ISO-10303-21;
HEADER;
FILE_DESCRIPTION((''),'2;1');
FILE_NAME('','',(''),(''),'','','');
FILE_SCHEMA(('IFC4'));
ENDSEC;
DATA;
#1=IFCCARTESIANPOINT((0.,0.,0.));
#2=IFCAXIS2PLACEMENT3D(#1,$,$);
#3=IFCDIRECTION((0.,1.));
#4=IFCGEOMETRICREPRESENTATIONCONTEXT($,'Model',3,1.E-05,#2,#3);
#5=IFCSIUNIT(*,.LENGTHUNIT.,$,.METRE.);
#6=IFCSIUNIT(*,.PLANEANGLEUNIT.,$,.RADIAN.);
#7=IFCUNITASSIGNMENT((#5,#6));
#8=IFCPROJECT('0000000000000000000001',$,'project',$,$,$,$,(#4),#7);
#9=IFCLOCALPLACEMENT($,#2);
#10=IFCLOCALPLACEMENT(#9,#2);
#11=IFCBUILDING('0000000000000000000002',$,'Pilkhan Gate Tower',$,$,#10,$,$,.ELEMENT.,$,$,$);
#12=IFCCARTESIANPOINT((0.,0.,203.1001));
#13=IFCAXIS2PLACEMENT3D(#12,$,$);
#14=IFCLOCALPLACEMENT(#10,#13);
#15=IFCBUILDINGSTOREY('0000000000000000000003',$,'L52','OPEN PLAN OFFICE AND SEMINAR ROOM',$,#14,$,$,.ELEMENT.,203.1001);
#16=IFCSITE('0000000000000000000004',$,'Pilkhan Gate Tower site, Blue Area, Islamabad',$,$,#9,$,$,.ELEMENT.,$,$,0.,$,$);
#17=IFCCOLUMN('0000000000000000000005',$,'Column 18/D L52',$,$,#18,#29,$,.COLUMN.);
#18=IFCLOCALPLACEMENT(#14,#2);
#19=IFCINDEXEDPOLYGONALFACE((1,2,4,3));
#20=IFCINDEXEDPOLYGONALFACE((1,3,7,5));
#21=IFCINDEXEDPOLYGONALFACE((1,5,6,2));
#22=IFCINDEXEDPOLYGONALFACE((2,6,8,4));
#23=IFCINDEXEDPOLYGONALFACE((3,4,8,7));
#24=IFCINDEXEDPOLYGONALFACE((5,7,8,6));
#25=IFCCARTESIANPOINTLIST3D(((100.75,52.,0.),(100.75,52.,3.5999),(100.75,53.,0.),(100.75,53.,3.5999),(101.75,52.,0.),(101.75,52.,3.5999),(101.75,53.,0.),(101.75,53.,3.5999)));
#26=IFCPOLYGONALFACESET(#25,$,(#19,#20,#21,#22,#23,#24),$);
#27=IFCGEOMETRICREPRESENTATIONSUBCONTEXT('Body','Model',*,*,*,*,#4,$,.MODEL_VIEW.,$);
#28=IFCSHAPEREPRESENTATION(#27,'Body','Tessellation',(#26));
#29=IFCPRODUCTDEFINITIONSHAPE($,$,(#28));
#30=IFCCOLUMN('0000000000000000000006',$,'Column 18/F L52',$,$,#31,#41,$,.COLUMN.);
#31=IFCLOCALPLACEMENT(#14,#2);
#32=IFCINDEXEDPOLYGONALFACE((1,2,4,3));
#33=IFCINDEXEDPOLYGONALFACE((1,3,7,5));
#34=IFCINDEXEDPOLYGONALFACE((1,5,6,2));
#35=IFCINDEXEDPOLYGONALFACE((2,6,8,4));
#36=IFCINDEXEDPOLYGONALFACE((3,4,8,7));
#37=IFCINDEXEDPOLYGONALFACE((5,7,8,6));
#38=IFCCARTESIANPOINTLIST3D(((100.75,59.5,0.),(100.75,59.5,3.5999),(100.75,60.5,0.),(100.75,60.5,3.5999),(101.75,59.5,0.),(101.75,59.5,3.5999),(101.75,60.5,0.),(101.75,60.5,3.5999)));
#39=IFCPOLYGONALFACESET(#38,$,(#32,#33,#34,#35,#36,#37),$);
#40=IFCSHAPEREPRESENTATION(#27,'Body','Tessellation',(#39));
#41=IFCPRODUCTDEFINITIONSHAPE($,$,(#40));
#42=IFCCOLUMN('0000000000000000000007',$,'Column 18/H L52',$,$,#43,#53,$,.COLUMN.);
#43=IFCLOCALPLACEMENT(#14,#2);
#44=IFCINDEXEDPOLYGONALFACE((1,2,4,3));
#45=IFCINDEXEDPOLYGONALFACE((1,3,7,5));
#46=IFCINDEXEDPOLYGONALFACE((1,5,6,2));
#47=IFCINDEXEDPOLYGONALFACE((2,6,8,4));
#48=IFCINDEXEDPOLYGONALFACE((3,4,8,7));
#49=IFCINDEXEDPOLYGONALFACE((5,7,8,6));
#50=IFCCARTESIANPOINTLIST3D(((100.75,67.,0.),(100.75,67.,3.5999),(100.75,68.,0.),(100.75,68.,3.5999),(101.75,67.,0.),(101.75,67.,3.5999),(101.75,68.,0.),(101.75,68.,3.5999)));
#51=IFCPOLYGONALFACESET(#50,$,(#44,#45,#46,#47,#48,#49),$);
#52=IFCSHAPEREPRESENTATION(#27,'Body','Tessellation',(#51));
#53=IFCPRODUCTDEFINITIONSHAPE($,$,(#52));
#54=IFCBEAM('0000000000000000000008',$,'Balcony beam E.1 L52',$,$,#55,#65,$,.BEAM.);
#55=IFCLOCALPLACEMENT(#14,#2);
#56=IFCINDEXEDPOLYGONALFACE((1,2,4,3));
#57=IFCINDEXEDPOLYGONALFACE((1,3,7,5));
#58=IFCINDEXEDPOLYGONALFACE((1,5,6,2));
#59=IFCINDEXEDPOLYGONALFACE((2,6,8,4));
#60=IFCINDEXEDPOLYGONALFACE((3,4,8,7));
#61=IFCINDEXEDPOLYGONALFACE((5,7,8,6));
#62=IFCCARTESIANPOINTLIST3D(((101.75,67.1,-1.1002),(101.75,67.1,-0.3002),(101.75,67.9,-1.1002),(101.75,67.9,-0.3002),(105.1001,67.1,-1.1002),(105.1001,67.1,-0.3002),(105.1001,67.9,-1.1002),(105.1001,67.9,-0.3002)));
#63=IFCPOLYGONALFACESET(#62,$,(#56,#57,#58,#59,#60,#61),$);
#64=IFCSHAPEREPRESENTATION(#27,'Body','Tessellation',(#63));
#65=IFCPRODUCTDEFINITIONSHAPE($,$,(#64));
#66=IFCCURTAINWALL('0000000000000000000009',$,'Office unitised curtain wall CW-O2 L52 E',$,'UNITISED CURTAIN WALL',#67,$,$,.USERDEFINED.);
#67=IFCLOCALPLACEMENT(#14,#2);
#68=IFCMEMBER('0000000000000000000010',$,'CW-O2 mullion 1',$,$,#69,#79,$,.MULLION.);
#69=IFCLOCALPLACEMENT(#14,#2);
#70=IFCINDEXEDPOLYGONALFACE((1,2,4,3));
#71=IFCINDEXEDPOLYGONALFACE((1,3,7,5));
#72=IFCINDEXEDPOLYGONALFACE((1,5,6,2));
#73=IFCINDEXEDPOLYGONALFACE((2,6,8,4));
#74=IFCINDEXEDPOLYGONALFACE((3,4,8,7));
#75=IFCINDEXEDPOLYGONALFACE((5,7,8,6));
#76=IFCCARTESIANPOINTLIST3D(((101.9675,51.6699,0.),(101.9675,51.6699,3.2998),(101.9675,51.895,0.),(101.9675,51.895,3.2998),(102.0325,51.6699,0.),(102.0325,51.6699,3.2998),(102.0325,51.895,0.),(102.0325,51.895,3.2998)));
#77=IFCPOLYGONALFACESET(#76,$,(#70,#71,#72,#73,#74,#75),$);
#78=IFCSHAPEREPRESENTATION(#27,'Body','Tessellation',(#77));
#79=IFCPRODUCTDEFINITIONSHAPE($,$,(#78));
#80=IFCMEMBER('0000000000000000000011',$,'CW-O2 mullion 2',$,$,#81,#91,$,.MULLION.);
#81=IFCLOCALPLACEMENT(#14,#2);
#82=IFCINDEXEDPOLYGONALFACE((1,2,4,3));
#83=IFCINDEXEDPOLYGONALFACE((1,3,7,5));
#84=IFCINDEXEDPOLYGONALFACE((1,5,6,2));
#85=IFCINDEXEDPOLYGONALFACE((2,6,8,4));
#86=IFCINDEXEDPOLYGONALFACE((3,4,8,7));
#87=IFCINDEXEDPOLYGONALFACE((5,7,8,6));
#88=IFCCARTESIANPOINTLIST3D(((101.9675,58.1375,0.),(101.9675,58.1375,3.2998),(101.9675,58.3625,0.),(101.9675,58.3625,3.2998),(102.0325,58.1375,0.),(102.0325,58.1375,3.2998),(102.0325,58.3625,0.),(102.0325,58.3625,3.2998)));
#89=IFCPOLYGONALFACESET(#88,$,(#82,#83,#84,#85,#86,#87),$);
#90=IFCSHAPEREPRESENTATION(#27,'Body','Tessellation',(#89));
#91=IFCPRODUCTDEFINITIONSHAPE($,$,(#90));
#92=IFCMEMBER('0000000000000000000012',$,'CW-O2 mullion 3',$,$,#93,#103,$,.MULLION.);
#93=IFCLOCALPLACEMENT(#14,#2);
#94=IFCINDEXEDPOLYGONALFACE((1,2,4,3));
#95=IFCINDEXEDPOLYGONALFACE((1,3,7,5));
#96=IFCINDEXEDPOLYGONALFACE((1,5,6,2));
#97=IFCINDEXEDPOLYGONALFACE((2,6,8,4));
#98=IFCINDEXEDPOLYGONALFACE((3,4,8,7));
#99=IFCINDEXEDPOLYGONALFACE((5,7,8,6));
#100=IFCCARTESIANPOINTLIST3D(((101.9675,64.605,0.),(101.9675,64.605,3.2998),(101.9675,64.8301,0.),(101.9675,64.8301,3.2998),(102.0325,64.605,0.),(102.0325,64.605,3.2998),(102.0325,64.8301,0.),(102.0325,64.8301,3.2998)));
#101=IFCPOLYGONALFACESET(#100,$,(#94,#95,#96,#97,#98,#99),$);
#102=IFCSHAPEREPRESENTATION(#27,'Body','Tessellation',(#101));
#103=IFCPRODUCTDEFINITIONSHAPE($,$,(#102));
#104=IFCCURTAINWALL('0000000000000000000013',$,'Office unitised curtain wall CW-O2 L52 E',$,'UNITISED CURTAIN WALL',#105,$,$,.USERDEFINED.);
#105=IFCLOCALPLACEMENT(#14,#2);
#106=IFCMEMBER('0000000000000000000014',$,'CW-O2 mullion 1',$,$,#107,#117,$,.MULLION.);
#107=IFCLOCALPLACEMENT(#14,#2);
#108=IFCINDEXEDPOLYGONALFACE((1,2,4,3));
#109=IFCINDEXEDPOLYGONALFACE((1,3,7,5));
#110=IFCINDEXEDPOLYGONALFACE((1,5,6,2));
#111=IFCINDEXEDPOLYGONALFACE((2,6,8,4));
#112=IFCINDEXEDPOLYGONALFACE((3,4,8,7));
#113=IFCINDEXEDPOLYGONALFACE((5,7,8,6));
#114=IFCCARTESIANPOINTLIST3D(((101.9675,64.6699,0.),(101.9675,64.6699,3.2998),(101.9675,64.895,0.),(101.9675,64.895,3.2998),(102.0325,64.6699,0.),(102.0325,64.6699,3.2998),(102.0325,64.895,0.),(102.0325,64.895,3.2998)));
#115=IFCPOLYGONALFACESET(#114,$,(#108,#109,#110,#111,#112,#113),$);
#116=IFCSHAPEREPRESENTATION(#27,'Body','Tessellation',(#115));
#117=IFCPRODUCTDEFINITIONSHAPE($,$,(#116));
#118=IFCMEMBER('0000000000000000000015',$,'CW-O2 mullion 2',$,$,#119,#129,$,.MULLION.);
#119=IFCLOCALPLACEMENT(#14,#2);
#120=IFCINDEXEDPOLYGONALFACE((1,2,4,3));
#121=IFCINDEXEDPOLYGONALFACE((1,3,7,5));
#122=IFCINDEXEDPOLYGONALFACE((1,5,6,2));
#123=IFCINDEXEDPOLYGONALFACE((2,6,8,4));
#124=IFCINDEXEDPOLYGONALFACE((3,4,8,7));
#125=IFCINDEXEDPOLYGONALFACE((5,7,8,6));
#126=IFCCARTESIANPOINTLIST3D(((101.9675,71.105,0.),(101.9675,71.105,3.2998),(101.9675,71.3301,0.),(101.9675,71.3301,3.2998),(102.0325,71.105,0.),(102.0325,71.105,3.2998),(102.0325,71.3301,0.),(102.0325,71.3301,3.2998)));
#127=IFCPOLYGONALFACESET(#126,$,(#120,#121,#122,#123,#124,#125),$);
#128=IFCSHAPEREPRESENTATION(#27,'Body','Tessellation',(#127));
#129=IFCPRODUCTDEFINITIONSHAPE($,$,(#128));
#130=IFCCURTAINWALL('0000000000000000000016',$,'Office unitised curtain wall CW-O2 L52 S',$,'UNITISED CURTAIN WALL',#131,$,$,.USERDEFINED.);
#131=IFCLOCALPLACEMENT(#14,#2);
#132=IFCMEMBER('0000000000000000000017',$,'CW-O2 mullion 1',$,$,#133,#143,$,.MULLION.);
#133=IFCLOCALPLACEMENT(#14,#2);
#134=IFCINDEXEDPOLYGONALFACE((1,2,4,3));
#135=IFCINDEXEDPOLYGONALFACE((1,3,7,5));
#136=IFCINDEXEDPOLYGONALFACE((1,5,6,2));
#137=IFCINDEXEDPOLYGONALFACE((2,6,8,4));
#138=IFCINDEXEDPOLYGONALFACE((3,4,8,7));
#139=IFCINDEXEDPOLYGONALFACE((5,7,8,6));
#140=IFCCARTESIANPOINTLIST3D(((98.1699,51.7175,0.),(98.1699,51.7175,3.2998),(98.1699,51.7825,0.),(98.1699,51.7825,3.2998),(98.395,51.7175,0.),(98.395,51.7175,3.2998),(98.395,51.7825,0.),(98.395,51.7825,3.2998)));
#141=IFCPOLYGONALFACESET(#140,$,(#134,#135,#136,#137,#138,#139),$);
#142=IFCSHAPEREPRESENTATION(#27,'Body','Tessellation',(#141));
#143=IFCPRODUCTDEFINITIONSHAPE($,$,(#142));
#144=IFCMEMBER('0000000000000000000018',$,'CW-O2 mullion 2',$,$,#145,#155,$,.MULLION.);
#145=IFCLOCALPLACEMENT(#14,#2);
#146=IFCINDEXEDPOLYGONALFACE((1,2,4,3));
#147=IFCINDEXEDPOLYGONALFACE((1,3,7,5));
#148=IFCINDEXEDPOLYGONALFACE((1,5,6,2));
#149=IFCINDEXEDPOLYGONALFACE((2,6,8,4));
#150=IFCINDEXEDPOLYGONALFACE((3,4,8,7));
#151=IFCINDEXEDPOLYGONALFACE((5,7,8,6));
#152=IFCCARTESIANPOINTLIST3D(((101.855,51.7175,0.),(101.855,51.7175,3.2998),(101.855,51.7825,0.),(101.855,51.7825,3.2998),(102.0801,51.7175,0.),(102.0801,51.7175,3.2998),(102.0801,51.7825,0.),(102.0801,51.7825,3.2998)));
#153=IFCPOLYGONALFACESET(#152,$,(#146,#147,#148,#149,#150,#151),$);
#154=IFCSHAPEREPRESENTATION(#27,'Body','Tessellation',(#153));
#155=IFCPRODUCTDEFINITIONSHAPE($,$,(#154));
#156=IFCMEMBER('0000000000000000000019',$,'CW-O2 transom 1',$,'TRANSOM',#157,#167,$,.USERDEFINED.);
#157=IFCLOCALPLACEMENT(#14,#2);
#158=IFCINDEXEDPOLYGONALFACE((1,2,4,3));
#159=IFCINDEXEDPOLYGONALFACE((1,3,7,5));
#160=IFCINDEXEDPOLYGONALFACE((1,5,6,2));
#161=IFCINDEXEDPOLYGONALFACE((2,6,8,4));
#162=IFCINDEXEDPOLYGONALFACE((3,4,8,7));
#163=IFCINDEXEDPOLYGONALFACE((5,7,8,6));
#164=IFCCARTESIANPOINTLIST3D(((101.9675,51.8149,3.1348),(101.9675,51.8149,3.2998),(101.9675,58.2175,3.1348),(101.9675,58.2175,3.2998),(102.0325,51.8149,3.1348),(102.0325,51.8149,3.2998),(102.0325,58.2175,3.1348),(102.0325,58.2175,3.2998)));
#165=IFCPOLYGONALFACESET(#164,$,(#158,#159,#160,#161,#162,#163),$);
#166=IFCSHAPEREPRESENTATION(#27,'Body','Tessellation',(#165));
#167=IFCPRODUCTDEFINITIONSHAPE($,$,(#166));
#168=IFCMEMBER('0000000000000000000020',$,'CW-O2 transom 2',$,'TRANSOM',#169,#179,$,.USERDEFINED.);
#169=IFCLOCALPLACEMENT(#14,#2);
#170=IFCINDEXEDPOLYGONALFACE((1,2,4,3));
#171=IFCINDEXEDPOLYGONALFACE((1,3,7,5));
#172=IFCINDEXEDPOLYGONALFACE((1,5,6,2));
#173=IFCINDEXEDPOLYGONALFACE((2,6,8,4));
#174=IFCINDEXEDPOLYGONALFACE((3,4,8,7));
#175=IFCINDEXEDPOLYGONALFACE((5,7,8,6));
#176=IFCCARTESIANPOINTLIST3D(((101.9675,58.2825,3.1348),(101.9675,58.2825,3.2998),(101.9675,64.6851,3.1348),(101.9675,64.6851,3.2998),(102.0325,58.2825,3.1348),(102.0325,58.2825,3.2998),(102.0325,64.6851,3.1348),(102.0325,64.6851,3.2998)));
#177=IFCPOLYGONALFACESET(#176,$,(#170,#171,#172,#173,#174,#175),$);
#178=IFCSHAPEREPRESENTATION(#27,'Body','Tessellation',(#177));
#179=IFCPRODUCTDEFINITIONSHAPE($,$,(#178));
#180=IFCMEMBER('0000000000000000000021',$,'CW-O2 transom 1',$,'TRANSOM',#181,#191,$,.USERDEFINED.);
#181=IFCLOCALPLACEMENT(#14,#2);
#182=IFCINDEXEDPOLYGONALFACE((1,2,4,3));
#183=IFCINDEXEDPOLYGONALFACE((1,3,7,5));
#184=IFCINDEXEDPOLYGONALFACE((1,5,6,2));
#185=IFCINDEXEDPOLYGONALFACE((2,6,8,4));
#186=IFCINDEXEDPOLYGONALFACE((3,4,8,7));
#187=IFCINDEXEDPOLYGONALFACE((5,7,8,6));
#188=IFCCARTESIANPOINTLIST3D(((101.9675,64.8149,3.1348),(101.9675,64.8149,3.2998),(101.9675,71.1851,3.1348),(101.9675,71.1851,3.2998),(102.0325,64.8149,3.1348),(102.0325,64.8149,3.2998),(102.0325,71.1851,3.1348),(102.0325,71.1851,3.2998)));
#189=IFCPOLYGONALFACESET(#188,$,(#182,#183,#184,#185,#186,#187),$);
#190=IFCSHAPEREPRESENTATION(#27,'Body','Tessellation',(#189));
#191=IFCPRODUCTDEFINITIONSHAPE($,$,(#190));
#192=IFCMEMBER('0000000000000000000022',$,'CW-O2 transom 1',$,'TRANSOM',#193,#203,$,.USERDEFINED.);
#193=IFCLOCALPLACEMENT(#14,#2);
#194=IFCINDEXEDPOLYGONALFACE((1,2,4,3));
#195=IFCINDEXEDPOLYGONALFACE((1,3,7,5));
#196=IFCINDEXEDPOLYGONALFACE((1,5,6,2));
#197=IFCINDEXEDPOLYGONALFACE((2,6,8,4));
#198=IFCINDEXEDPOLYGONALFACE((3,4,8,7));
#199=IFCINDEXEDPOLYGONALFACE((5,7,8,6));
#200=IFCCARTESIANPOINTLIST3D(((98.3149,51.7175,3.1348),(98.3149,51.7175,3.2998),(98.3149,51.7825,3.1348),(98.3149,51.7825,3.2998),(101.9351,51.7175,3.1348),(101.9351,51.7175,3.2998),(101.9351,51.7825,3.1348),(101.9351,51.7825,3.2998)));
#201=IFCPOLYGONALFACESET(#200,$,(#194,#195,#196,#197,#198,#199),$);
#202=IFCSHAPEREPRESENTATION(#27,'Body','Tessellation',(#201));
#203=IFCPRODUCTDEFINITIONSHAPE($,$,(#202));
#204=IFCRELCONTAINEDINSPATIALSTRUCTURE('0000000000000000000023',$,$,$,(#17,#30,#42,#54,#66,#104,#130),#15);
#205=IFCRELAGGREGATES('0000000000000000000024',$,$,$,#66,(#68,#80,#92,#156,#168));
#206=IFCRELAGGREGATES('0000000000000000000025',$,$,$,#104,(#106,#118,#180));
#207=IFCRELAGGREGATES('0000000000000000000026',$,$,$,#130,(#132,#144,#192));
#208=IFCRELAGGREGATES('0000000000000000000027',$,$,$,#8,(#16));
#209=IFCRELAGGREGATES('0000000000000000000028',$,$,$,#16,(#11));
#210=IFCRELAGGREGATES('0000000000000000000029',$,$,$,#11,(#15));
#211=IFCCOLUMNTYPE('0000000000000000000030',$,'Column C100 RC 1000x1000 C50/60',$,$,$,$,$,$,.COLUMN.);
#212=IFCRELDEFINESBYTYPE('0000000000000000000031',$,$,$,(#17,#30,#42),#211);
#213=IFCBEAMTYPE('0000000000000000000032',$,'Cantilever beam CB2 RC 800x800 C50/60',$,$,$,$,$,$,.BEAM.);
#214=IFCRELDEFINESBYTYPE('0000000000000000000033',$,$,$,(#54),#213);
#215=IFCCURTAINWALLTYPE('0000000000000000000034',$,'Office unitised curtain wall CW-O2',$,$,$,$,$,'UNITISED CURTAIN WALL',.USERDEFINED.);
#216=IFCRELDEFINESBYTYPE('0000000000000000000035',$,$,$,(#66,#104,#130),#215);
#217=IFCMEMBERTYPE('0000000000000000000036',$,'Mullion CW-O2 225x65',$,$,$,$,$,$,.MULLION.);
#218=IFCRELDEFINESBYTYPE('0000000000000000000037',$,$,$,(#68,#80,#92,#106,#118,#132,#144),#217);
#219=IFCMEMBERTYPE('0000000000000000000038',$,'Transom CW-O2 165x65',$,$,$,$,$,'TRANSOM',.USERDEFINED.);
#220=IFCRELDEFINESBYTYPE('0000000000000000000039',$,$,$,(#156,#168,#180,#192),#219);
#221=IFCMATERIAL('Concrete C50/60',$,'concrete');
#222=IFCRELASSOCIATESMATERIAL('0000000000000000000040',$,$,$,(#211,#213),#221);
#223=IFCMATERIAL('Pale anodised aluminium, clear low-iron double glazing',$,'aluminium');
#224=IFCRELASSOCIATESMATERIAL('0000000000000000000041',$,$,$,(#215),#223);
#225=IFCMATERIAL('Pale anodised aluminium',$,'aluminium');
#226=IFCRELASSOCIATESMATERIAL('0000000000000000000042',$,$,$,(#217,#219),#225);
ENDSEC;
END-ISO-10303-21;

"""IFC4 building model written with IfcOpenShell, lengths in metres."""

from ifc_helpers import new_model, si_unit, direction, frame, origin, origin_2d, place, context, subcontext, project, spatial, rectangle, extrude, material, material_profile, profile_set, type_object, element, aggregate, save


model = new_model("IFC4")

# Units and contexts
model_context = context("Model", 3, precision=1e-05, world=origin(), true_north=direction((0.0, 1.0)))
body_context = subcontext(model_context, "Body", "Model", "MODEL_VIEW")
ifc_project = project(units=[si_unit("LENGTHUNIT", "METRE"), si_unit("PLANEANGLEUNIT", "RADIAN")], contexts=[model_context])

# Site, building, storey
site_placement = place(None, origin())
site = spatial("IfcSite", under=ifc_project, at=site_placement, Name="Pilkhan Gate Tower site, Blue Area, Islamabad", CompositionType="ELEMENT", RefElevation=0.0)
building_placement = place(site_placement, origin())
building = spatial("IfcBuilding", under=site, at=building_placement, Name="Pilkhan Gate Tower", CompositionType="ELEMENT")
storey_placement = place(building_placement, frame((0.0, 0.0, 203.1001)))
storey = spatial("IfcBuildingStorey", under=building, at=storey_placement, Name="L52", Description="OPEN PLAN OFFICE AND SEMINAR ROOM", CompositionType="ELEMENT", Elevation=203.1001)

# Columns
ifc_material_1 = material(Name="Concrete C50/60", Category="concrete")
ifc_material_profile_1 = material_profile(ifc_material_1, rectangle(XDim=1.0, YDim=1.0, at=origin_2d()), Name="RC 1000x1000")
ifc_profile_set_1 = profile_set([ifc_material_profile_1], Name="Concrete C50/60")
column_type = type_object("IfcColumnType", Name="Column C100 RC 1000x1000 C50/60", PredefinedType="COLUMN", material=ifc_profile_set_1)
for number, where, z_axis, x_axis, name in (
    (1, (101.25, 52.5, 0.0), (0.0, 0.0, 1.0), (1.0, 0.0, 0.0), "Column 18/D L52"),
    (2, (101.25, 60.0, 0.0), (0.0, 0.0, 1.0), (1.0, 0.0, 0.0), "Column 18/F L52"),
    (3, (101.25, 67.5, 0.0), (0.0, 0.0, 1.0), (1.0, 0.0, 0.0), "Column 18/H L52"),
):
    element("IfcColumn", number, at=place(storey_placement, frame(where, z_axis=z_axis, x_axis=x_axis)), inside=storey, type_object=column_type, Name=name, PredefinedType="COLUMN", context=body_context, shape_type="SweptSolid", body=[
        extrude(rectangle(XDim=1.0, YDim=1.0, at=origin_2d()), origin(), (0.0, 0.0, 1.0), 3.5999),
    ])

# Beam
ifc_material_profile_2 = material_profile(ifc_material_1, rectangle(XDim=0.8, YDim=0.8, at=origin_2d()), Name="RC 800x800")
ifc_profile_set_2 = profile_set([ifc_material_profile_2], Name="Concrete C50/60")
beam_type = type_object("IfcBeamType", Name="Cantilever beam CB2 RC 800x800 C50/60", PredefinedType="BEAM", material=ifc_profile_set_2)
beam_placement = place(storey_placement, frame((101.75, 67.5, -0.7002), z_axis=(1.0, 0.0, 0.0), x_axis=(0.0, 1.0, 0.0)))
element("IfcBeam", 4, at=beam_placement, inside=storey, type_object=beam_type, Name="Balcony beam E.1 L52", PredefinedType="BEAM", context=body_context, shape_type="SweptSolid", body=[
    extrude(rectangle(XDim=0.8, YDim=0.8, at=origin_2d()), origin(), (0.0, 0.0, 1.0), 3.3501),
])

# Curtain walls, members
ifc_material_2 = material(Name="Pale anodised aluminium, clear low-iron double glazing", Category="aluminium")
curtain_wall_type = type_object("IfcCurtainWallType", Name="Office unitised curtain wall CW-O2", ElementType="UNITISED CURTAIN WALL", PredefinedType="USERDEFINED", material=ifc_material_2)
curtain_wall_1_placement = place(storey_placement, origin())
curtain_wall_1 = element("IfcCurtainWall", 5, at=curtain_wall_1_placement, inside=storey, type_object=curtain_wall_type, Name="Office unitised curtain wall CW-O2 L52 E", ObjectType="UNITISED CURTAIN WALL", PredefinedType="USERDEFINED")
ifc_material_3 = material(Name="Pale anodised aluminium", Category="aluminium")
ifc_material_profile_3 = material_profile(ifc_material_3, rectangle(XDim=0.0649, YDim=0.2251, at=origin_2d()), Name="Mullion 225x65")
ifc_profile_set_3 = profile_set([ifc_material_profile_3], Name="Pale anodised aluminium")
member_type_1 = type_object("IfcMemberType", Name="Mullion CW-O2 225x65", PredefinedType="MULLION", material=ifc_profile_set_3)
member_1_placement = place(storey_placement, frame((102.0, 51.7825, 0.0), z_axis=(0.0, 0.0, 1.0), x_axis=(-1.0, 0.0, 0.0)))
member_1 = element("IfcMember", 6, at=member_1_placement, type_object=member_type_1, Name="CW-O2 mullion 1", PredefinedType="MULLION", context=body_context, shape_type="SweptSolid", body=[
    extrude(rectangle(XDim=0.0649, YDim=0.2251, at=origin_2d()), origin(), (0.0, 0.0, 1.0), 3.2998),
])
member_2_placement = place(storey_placement, frame((102.0, 58.25, 0.0), z_axis=(0.0, 0.0, 1.0), x_axis=(-1.0, 0.0, 0.0)))
member_2 = element("IfcMember", 7, at=member_2_placement, type_object=member_type_1, Name="CW-O2 mullion 2", PredefinedType="MULLION", context=body_context, shape_type="SweptSolid", body=[
    extrude(rectangle(XDim=0.0649, YDim=0.2251, at=origin_2d()), origin(), (0.0, 0.0, 1.0), 3.2998),
])
member_3_placement = place(storey_placement, frame((102.0, 64.7175, 0.0), z_axis=(0.0, 0.0, 1.0), x_axis=(-1.0, 0.0, 0.0)))
member_3 = element("IfcMember", 8, at=member_3_placement, type_object=member_type_1, Name="CW-O2 mullion 3", PredefinedType="MULLION", context=body_context, shape_type="SweptSolid", body=[
    extrude(rectangle(XDim=0.0649, YDim=0.2251, at=origin_2d()), origin(), (0.0, 0.0, 1.0), 3.2998),
])
curtain_wall_2_placement = place(storey_placement, origin())
curtain_wall_2 = element("IfcCurtainWall", 9, at=curtain_wall_2_placement, inside=storey, type_object=curtain_wall_type, Name="Office unitised curtain wall CW-O2 L52 E", ObjectType="UNITISED CURTAIN WALL", PredefinedType="USERDEFINED")
member_4_placement = place(storey_placement, frame((102.0, 64.7825, 0.0), z_axis=(0.0, 0.0, 1.0), x_axis=(-1.0, 0.0, 0.0)))
member_4 = element("IfcMember", 10, at=member_4_placement, type_object=member_type_1, Name="CW-O2 mullion 1", PredefinedType="MULLION", context=body_context, shape_type="SweptSolid", body=[
    extrude(rectangle(XDim=0.0649, YDim=0.2251, at=origin_2d()), origin(), (0.0, 0.0, 1.0), 3.2998),
])
member_5_placement = place(storey_placement, frame((102.0, 71.2175, 0.0), z_axis=(0.0, 0.0, 1.0), x_axis=(-1.0, 0.0, 0.0)))
member_5 = element("IfcMember", 11, at=member_5_placement, type_object=member_type_1, Name="CW-O2 mullion 2", PredefinedType="MULLION", context=body_context, shape_type="SweptSolid", body=[
    extrude(rectangle(XDim=0.0649, YDim=0.2251, at=origin_2d()), origin(), (0.0, 0.0, 1.0), 3.2998),
])
curtain_wall_3_placement = place(storey_placement, origin())
curtain_wall_3 = element("IfcCurtainWall", 12, at=curtain_wall_3_placement, inside=storey, type_object=curtain_wall_type, Name="Office unitised curtain wall CW-O2 L52 S", ObjectType="UNITISED CURTAIN WALL", PredefinedType="USERDEFINED")
member_6_placement = place(storey_placement, frame((98.2825, 51.75, 0.0), z_axis=(0.0, 0.0, 1.0), x_axis=(0.0, 1.0, 0.0)))
member_6 = element("IfcMember", 13, at=member_6_placement, type_object=member_type_1, Name="CW-O2 mullion 1", PredefinedType="MULLION", context=body_context, shape_type="SweptSolid", body=[
    extrude(rectangle(XDim=0.0649, YDim=0.2251, at=origin_2d()), origin(), (0.0, 0.0, 1.0), 3.2998),
])
member_7_placement = place(storey_placement, frame((101.9675, 51.75, 0.0), z_axis=(0.0, 0.0, 1.0), x_axis=(0.0, 1.0, 0.0)))
member_7 = element("IfcMember", 14, at=member_7_placement, type_object=member_type_1, Name="CW-O2 mullion 2", PredefinedType="MULLION", context=body_context, shape_type="SweptSolid", body=[
    extrude(rectangle(XDim=0.0649, YDim=0.2251, at=origin_2d()), origin(), (0.0, 0.0, 1.0), 3.2998),
])

# Members
ifc_material_profile_4 = material_profile(ifc_material_3, rectangle(XDim=0.0649, YDim=0.165, at=origin_2d()), Name="Transom 165x65")
ifc_profile_set_4 = profile_set([ifc_material_profile_4], Name="Pale anodised aluminium")
member_type_2 = type_object("IfcMemberType", Name="Transom CW-O2 165x65", ElementType="TRANSOM", PredefinedType="USERDEFINED", material=ifc_profile_set_4)
member_8_placement = place(storey_placement, frame((102.0, 51.8149, 3.2173), z_axis=(0.0, 1.0, 0.0), x_axis=(-1.0, 0.0, 0.0)))
member_8 = element("IfcMember", 15, at=member_8_placement, type_object=member_type_2, Name="CW-O2 transom 1", ObjectType="TRANSOM", PredefinedType="USERDEFINED", context=body_context, shape_type="SweptSolid", body=[
    extrude(rectangle(XDim=0.0649, YDim=0.165, at=origin_2d()), origin(), (0.0, 0.0, 1.0), 6.4026),
])
member_9_placement = place(storey_placement, frame((102.0, 58.2825, 3.2173), z_axis=(0.0, 1.0, 0.0), x_axis=(-1.0, 0.0, 0.0)))
member_9 = element("IfcMember", 16, at=member_9_placement, type_object=member_type_2, Name="CW-O2 transom 2", ObjectType="TRANSOM", PredefinedType="USERDEFINED", context=body_context, shape_type="SweptSolid", body=[
    extrude(rectangle(XDim=0.0649, YDim=0.165, at=origin_2d()), origin(), (0.0, 0.0, 1.0), 6.4026),
])
member_10_placement = place(storey_placement, frame((102.0, 64.8149, 3.2173), z_axis=(0.0, 1.0, 0.0), x_axis=(-1.0, 0.0, 0.0)))
member_10 = element("IfcMember", 17, at=member_10_placement, type_object=member_type_2, Name="CW-O2 transom 1", ObjectType="TRANSOM", PredefinedType="USERDEFINED", context=body_context, shape_type="SweptSolid", body=[
    extrude(rectangle(XDim=0.0649, YDim=0.165, at=origin_2d()), origin(), (0.0, 0.0, 1.0), 6.3701),
])
member_11_placement = place(storey_placement, frame((98.3149, 51.75, 3.2173), z_axis=(1.0, 0.0, 0.0), x_axis=(0.0, 1.0, 0.0)))
member_11 = element("IfcMember", 18, at=member_11_placement, type_object=member_type_2, Name="CW-O2 transom 1", ObjectType="TRANSOM", PredefinedType="USERDEFINED", context=body_context, shape_type="SweptSolid", body=[
    extrude(rectangle(XDim=0.0649, YDim=0.165, at=origin_2d()), origin(), (0.0, 0.0, 1.0), 3.6201),
])

aggregate(curtain_wall_1, [member_1, member_2, member_3, member_8, member_9])
aggregate(curtain_wall_2, [member_4, member_5, member_10])
aggregate(curtain_wall_3, [member_6, member_7, member_11])

save(model, "model.ifc")
